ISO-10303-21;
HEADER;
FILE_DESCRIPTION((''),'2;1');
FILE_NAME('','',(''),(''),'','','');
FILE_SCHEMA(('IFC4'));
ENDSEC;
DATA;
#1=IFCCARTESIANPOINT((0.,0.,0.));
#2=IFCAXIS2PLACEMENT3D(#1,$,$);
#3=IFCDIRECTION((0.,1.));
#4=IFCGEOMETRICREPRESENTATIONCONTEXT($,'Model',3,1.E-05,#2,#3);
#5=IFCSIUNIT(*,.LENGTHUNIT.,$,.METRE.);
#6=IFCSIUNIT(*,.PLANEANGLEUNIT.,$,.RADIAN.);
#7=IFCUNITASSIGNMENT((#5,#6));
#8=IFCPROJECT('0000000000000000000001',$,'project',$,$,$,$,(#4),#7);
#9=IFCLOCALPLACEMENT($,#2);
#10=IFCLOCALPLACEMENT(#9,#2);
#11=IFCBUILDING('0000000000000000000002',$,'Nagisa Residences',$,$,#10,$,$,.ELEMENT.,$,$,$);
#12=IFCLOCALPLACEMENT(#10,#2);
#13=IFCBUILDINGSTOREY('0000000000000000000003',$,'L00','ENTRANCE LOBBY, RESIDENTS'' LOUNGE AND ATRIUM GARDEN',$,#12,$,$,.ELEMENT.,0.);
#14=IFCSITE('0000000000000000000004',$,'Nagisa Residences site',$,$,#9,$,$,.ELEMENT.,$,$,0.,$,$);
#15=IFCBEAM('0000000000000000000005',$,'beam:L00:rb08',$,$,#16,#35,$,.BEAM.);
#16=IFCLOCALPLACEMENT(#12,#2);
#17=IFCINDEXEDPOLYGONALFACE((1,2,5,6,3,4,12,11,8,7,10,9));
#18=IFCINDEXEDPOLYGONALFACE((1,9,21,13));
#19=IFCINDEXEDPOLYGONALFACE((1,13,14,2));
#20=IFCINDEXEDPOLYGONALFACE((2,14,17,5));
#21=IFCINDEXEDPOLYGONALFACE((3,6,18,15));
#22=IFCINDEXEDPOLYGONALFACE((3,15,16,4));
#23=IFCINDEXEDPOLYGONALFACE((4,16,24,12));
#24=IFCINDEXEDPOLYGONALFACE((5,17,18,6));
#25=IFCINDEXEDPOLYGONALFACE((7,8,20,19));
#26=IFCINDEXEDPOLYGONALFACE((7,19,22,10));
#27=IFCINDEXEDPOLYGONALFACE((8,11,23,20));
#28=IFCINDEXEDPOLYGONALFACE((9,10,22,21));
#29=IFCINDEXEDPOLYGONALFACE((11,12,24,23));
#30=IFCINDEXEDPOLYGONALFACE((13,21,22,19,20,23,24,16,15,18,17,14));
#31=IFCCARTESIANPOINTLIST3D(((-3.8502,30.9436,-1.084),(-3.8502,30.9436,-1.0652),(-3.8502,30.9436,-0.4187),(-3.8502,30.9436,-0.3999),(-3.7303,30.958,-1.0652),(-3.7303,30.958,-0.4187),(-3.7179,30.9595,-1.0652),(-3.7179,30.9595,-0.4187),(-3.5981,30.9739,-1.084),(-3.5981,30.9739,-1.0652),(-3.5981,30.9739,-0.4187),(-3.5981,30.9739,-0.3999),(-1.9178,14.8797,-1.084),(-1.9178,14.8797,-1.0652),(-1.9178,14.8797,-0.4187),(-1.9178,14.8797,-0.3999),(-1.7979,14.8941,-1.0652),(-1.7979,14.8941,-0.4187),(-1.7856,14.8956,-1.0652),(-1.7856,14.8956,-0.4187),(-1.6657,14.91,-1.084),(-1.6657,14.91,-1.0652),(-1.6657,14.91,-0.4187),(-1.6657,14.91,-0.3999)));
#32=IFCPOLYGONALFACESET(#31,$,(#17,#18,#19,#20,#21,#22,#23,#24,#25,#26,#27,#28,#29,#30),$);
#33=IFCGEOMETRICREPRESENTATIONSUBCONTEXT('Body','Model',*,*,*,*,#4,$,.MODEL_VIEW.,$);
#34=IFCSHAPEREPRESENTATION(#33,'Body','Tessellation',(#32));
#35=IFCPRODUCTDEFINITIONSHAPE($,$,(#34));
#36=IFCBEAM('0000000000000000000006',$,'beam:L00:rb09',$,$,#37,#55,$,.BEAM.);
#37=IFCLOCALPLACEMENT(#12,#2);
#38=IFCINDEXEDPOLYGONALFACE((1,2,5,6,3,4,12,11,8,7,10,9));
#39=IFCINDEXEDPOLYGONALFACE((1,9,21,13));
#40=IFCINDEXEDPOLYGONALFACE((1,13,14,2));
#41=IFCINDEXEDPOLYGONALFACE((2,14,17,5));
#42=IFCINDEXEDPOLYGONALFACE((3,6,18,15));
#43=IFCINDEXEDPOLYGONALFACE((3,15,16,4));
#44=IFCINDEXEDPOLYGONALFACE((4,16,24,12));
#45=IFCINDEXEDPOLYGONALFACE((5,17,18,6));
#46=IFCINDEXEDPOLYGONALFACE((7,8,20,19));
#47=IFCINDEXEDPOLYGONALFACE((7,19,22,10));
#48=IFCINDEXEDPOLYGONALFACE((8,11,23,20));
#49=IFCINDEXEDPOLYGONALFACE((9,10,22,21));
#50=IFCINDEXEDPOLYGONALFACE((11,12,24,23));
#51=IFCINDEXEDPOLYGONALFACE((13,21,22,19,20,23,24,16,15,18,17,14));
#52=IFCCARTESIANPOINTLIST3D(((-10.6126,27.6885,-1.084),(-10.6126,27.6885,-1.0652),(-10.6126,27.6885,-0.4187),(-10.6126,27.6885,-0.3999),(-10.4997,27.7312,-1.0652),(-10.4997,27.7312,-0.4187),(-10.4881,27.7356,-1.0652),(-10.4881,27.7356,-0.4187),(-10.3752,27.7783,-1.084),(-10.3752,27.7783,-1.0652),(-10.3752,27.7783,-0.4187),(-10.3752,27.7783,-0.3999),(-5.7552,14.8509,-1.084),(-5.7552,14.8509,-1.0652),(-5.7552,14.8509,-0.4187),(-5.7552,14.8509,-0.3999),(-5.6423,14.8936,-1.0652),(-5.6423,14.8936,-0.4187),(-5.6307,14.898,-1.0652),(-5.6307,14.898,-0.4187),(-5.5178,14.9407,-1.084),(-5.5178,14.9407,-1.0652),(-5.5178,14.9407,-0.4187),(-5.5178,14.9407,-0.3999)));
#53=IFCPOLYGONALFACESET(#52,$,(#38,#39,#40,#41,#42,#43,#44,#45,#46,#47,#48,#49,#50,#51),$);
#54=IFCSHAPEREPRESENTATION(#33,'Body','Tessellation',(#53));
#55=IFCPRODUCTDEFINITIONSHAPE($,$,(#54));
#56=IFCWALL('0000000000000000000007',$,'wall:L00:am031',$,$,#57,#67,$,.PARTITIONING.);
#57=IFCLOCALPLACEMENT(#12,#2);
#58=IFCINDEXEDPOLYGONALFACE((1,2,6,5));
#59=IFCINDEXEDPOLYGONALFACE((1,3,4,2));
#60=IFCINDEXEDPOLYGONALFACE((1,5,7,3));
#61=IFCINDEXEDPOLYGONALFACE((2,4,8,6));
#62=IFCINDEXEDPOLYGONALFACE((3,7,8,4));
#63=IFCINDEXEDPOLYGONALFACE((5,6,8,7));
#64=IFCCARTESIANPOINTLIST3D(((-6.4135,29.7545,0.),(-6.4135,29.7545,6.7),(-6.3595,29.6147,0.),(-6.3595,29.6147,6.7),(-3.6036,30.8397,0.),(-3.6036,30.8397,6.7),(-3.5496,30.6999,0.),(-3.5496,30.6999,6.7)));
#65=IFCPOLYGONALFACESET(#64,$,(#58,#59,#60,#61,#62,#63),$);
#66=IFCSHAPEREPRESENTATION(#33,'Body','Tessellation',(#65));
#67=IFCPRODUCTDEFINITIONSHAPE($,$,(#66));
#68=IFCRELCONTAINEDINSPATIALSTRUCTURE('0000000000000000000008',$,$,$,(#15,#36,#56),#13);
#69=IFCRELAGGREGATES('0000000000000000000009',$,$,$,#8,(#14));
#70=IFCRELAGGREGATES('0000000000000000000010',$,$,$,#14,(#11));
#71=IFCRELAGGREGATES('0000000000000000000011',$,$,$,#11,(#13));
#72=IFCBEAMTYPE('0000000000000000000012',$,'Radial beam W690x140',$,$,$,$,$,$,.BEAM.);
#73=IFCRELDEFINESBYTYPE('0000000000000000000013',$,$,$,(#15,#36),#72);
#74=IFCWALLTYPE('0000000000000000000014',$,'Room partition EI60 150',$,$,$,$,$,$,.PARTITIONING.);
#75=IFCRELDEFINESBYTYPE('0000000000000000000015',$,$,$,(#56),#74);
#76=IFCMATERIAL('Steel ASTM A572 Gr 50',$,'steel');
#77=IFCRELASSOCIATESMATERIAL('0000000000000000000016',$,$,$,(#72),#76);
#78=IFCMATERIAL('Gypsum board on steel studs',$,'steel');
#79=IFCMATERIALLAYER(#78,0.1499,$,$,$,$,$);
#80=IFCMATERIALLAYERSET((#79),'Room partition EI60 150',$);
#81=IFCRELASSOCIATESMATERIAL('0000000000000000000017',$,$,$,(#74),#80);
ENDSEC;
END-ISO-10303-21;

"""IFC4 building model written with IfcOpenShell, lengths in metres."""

from ifc_helpers import new_model, si_unit, direction, frame, frame_2d, origin, origin_2d, place, context, subcontext, project, spatial, rectangle, i_section, extrude, material, layer, layer_set, material_profile, profile_set, type_object, element, save


model = new_model("IFC4")

# Units and contexts
model_context = context("Model", 3, precision=1e-05, world=origin(), true_north=direction((0.0, 1.0)))
body_context = subcontext(model_context, "Body", "Model", "MODEL_VIEW")
ifc_project = project(units=[si_unit("LENGTHUNIT", "METRE"), si_unit("PLANEANGLEUNIT", "RADIAN")], contexts=[model_context])

# Site, building, storey
site_placement = place(None, origin())
site = spatial("IfcSite", under=ifc_project, at=site_placement, Name="Nagisa Residences site", CompositionType="ELEMENT", RefElevation=0.0)
building_placement = place(site_placement, origin())
building = spatial("IfcBuilding", under=site, at=building_placement, Name="Nagisa Residences", CompositionType="ELEMENT")
storey_placement = place(building_placement, origin())
storey = spatial("IfcBuildingStorey", under=building, at=storey_placement, Name="L00", Description="ENTRANCE LOBBY, RESIDENTS' LOUNGE AND ATRIUM GARDEN", CompositionType="ELEMENT", Elevation=0.0)

# Beams
ifc_material_1 = material(Name="Steel ASTM A572 Gr 50", Category="steel")
ifc_material_profile_1 = material_profile(ifc_material_1, i_section(OverallWidth=0.2539, OverallDepth=0.6841, WebThickness=0.0125, FlangeThickness=0.0188, at=origin_2d()), Name="W690x140")
ifc_profile_set_1 = profile_set([ifc_material_profile_1], Name="Steel ASTM A572 Gr 50")
beam_type_1 = type_object("IfcBeamType", Name="Radial beam W690x140", PredefinedType="BEAM", material=ifc_profile_set_1)
beam_1_placement = place(storey_placement, frame((-3.7241, 30.9587, -0.7419), z_axis=(0.119431, -0.992842, 0.0), x_axis=(0.992842, 0.119431, 0.0)))
element("IfcBeam", 1, at=beam_1_placement, inside=storey, type_object=beam_type_1, Name="beam:L00:rb08", PredefinedType="BEAM", context=body_context, shape_type="SweptSolid", body=[
    extrude(i_section(OverallWidth=0.2539, OverallDepth=0.6841, WebThickness=0.0125, FlangeThickness=0.0188, at=origin_2d()), origin(), (0.0, 0.0, 1.0), 16.1797),
])
beam_2_placement = place(storey_placement, frame((-10.4939, 27.7334, -0.7419), z_axis=(0.353888, -0.935288, 0.0), x_axis=(0.935288, 0.353888, 0.0)))
element("IfcBeam", 2, at=beam_2_placement, inside=storey, type_object=beam_type_1, Name="beam:L00:rb09", PredefinedType="BEAM", context=body_context, shape_type="SweptSolid", body=[
    extrude(i_section(OverallWidth=0.2539, OverallDepth=0.6841, WebThickness=0.0125, FlangeThickness=0.0188, at=origin_2d()), origin(), (0.0, 0.0, 1.0), 13.7258),
])

# Wall
ifc_material_2 = material(Name="Gypsum board on steel studs", Category="steel")
ifc_layer_1 = layer(ifc_material_2, 0.1499)
ifc_layer_set_1 = layer_set([ifc_layer_1], Name="Room partition EI60 150")
wall_type = type_object("IfcWallType", Name="Room partition EI60 150", PredefinedType="PARTITIONING", material=ifc_layer_set_1)
wall_placement = place(storey_placement, frame((-6.3865, 29.6846, 0.0), z_axis=(0.0, 0.0, 1.0), x_axis=(0.932843, 0.360282, 0.0)))
element("IfcWall", 3, at=wall_placement, inside=storey, type_object=wall_type, Name="wall:L00:am031", PredefinedType="PARTITIONING", context=body_context, shape_type="SweptSolid", body=[
    extrude(rectangle(XDim=3.0122, YDim=0.1499, at=frame_2d((1.5061, 0.0))), origin(), (0.0, 0.0, 1.0), 6.7),
])

save(model, "model.ifc")
